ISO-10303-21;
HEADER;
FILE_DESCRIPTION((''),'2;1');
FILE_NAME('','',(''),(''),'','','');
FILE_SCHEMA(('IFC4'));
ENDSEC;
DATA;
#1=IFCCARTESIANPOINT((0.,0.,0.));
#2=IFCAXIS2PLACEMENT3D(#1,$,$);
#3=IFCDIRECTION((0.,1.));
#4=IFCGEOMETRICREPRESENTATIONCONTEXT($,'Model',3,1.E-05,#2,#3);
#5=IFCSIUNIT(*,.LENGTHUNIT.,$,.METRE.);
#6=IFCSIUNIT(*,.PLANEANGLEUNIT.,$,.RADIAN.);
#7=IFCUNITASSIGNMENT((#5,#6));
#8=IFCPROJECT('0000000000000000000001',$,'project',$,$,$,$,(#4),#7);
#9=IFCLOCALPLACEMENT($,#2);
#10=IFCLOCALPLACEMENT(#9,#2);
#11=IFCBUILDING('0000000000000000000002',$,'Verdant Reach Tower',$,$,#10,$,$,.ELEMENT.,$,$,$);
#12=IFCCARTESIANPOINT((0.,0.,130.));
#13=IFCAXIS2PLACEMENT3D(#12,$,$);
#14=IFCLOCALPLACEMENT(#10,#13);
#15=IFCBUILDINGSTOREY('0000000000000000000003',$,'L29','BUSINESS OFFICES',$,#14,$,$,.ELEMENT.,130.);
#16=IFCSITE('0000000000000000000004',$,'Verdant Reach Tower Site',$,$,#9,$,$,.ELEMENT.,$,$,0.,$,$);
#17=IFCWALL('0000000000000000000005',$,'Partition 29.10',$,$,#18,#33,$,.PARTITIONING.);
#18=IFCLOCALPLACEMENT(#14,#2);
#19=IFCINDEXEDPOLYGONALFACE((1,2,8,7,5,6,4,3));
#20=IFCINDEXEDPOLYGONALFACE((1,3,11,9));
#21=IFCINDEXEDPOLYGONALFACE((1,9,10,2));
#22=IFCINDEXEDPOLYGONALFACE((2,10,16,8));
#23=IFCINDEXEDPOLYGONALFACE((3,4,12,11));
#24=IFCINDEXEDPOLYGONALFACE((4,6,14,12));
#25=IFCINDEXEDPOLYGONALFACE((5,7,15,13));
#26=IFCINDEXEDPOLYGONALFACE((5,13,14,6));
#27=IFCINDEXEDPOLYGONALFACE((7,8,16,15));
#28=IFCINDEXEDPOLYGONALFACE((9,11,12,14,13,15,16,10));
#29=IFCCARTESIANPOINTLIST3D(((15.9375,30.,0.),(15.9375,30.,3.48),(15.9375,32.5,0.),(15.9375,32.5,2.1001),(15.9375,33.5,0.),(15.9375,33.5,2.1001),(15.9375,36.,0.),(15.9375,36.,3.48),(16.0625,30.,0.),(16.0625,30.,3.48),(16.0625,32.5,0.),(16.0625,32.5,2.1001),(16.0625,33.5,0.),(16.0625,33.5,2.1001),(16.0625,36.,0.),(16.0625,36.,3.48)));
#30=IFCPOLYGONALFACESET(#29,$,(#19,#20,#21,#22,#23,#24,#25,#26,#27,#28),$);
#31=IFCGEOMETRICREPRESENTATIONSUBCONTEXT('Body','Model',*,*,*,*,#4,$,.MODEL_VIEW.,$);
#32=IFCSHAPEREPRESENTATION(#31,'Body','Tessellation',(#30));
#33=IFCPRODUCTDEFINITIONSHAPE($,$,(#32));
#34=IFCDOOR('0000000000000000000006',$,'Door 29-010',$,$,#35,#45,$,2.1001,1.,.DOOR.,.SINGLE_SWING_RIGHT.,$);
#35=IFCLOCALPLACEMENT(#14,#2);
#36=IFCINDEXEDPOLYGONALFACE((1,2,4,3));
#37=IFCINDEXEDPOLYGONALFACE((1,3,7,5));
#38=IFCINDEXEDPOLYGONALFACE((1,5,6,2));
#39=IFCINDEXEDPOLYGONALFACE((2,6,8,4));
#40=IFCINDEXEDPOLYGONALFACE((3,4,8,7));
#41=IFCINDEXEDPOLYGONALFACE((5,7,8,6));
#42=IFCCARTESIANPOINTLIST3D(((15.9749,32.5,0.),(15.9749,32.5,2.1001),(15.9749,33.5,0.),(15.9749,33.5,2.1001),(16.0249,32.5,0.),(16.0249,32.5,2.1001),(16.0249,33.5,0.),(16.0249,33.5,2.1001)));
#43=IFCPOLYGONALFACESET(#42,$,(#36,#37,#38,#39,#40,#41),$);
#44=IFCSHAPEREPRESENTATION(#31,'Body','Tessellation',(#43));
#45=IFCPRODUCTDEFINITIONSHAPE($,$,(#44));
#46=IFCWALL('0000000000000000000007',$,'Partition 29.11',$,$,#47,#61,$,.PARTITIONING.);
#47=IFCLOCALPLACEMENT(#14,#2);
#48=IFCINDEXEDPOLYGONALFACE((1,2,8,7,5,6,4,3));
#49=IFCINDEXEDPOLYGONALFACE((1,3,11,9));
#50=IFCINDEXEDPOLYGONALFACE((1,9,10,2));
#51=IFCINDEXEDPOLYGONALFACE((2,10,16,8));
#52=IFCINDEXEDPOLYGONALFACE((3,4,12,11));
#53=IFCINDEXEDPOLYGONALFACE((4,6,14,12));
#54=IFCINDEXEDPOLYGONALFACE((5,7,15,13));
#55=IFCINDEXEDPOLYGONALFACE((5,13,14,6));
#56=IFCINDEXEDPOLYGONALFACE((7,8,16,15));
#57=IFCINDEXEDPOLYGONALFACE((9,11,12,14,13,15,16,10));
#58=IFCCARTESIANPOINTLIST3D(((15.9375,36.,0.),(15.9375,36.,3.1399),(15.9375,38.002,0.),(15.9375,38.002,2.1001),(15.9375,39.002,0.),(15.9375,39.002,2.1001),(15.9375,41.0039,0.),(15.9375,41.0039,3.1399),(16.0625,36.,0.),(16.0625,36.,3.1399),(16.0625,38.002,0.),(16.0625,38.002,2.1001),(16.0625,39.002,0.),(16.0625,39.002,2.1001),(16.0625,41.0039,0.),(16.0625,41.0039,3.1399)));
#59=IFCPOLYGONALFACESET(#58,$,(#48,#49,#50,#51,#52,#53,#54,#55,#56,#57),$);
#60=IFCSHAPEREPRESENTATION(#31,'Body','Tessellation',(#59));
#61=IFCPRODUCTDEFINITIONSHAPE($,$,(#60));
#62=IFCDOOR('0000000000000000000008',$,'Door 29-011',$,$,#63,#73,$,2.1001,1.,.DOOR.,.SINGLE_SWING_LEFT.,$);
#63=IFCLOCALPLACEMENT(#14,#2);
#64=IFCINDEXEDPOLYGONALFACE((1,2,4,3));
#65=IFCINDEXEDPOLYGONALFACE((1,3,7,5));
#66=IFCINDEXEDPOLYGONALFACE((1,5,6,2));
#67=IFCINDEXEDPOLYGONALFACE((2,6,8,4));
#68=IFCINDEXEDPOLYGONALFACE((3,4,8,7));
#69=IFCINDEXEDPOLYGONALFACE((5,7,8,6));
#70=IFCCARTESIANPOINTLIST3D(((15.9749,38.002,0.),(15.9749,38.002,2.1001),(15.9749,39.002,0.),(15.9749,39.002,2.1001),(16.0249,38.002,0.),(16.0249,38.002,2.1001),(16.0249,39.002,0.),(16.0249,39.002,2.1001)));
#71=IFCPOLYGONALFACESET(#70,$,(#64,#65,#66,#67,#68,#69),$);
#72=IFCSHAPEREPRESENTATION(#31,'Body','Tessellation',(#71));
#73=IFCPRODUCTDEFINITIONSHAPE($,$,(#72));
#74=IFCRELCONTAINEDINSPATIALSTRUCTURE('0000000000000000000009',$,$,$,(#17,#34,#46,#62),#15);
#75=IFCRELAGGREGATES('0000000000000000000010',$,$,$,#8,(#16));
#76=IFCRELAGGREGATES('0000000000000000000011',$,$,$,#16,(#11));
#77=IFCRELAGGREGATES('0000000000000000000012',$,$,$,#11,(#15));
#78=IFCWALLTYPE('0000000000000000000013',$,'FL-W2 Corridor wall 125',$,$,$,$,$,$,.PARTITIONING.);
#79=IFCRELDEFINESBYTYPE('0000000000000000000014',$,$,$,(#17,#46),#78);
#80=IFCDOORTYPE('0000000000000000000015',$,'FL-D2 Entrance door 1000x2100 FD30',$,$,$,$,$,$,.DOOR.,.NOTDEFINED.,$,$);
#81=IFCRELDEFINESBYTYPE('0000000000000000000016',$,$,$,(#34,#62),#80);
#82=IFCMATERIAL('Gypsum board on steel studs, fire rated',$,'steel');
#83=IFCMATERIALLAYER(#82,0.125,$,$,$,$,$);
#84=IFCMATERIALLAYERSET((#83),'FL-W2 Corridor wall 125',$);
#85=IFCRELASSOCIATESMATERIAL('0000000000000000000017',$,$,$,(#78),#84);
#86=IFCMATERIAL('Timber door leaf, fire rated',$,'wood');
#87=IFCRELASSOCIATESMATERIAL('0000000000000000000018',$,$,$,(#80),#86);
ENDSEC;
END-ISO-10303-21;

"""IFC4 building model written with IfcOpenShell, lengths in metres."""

from ifc_helpers import new_model, si_unit, direction, frame, frame_2d, origin, place, context, subcontext, project, spatial, rectangle, extrude, material, layer, layer_set, type_object, element, fill, save


model = new_model("IFC4")

# Units and contexts
model_context = context("Model", 3, precision=1e-05, world=origin(), true_north=direction((0.0, 1.0)))
body_context = subcontext(model_context, "Body", "Model", "MODEL_VIEW")
ifc_project = project(units=[si_unit("LENGTHUNIT", "METRE"), si_unit("PLANEANGLEUNIT", "RADIAN")], contexts=[model_context])

# Site, building, storey
site_placement = place(None, origin())
site = spatial("IfcSite", under=ifc_project, at=site_placement, Name="Verdant Reach Tower Site", CompositionType="ELEMENT", RefElevation=0.0)
building_placement = place(site_placement, origin())
building = spatial("IfcBuilding", under=site, at=building_placement, Name="Verdant Reach Tower", CompositionType="ELEMENT")
storey_placement = place(building_placement, frame((0.0, 0.0, 130.0)))
storey = spatial("IfcBuildingStorey", under=building, at=storey_placement, Name="L29", Description="BUSINESS OFFICES", CompositionType="ELEMENT", Elevation=130.0)

# Walls, openings, doors
ifc_material_1 = material(Name="Gypsum board on steel studs, fire rated", Category="steel")
ifc_layer_1 = layer(ifc_material_1, 0.125)
ifc_layer_set_1 = layer_set([ifc_layer_1], Name="FL-W2 Corridor wall 125")
wall_type_1 = type_object("IfcWallType", Name="FL-W2 Corridor wall 125", PredefinedType="PARTITIONING", material=ifc_layer_set_1)
wall_1_placement = place(storey_placement, frame((16.0, 36.0, 0.0), z_axis=(0.0, 0.0, 1.0), x_axis=(0.0, -1.0, 0.0)))
wall_1 = element("IfcWall", 1, at=wall_1_placement, inside=storey, type_object=wall_type_1, Name="Partition 29.10", PredefinedType="PARTITIONING", context=body_context, shape_type="SweptSolid", body=[
    extrude(rectangle(XDim=6.0, YDim=0.125, at=frame_2d((3.0, 0.0))), origin(), (0.0, 0.0, 1.0), 3.48),
])
opening_1_placement = place(wall_1_placement, frame((2.5, 0.0, 0.0)))
opening_1 = element("IfcOpeningElement", 2, at=opening_1_placement, cuts=wall_1, PredefinedType="OPENING", context=body_context, shape_type="SweptSolid", body=[
    extrude(rectangle(XDim=1.0, YDim=2.1001, at=frame_2d((0.5, 1.05))), frame((0.0, 0.0725, 0.0), z_axis=(0.0, -1.0, 0.0), x_axis=(1.0, 0.0, 0.0)), (0.0, 0.0, 1.0), 0.145),
])
ifc_material_2 = material(Name="Timber door leaf, fire rated", Category="wood")
door_type = type_object("IfcDoorType", Name="FL-D2 Entrance door 1000x2100 FD30", OperationType="NOTDEFINED", PredefinedType="DOOR", material=ifc_material_2)
door_1_placement = place(opening_1_placement, origin())
door_1 = element("IfcDoor", 3, at=door_1_placement, inside=storey, type_object=door_type, Name="Door 29-010", OperationType="SINGLE_SWING_RIGHT", OverallHeight=2.1001, OverallWidth=1.0, PredefinedType="DOOR", context=body_context, shape_type="SweptSolid", body=[
    extrude(rectangle(XDim=1.0, YDim=2.1001, at=frame_2d((0.5, 1.05))), frame((0.0, 0.0249, 0.0), z_axis=(0.0, -1.0, 0.0), x_axis=(1.0, 0.0, 0.0)), (0.0, 0.0, 1.0), 0.05),
])
fill(opening_1, door_1)
wall_2_placement = place(storey_placement, frame((16.0, 41.0039, 0.0), z_axis=(0.0, 0.0, 1.0), x_axis=(0.0, -1.0, 0.0)))
wall_2 = element("IfcWall", 4, at=wall_2_placement, inside=storey, type_object=wall_type_1, Name="Partition 29.11", PredefinedType="PARTITIONING", context=body_context, shape_type="SweptSolid", body=[
    extrude(rectangle(XDim=5.0039, YDim=0.125, at=frame_2d((2.502, 0.0))), origin(), (0.0, 0.0, 1.0), 3.1399),
])
opening_2_placement = place(wall_2_placement, frame((2.002, 0.0, 0.0)))
opening_2 = element("IfcOpeningElement", 5, at=opening_2_placement, cuts=wall_2, PredefinedType="OPENING", context=body_context, shape_type="SweptSolid", body=[
    extrude(rectangle(XDim=1.0, YDim=2.1001, at=frame_2d((0.5, 1.05))), frame((0.0, 0.0725, 0.0), z_axis=(0.0, -1.0, 0.0), x_axis=(1.0, 0.0, 0.0)), (0.0, 0.0, 1.0), 0.145),
])
door_2_placement = place(opening_2_placement, origin())
door_2 = element("IfcDoor", 6, at=door_2_placement, inside=storey, type_object=door_type, Name="Door 29-011", OperationType="SINGLE_SWING_LEFT", OverallHeight=2.1001, OverallWidth=1.0, PredefinedType="DOOR", context=body_context, shape_type="SweptSolid", body=[
    extrude(rectangle(XDim=1.0, YDim=2.1001, at=frame_2d((0.5, 1.05))), frame((0.0, 0.0249, 0.0), z_axis=(0.0, -1.0, 0.0), x_axis=(1.0, 0.0, 0.0)), (0.0, 0.0, 1.0), 0.05),
])
fill(opening_2, door_2)

save(model, "model.ifc")
